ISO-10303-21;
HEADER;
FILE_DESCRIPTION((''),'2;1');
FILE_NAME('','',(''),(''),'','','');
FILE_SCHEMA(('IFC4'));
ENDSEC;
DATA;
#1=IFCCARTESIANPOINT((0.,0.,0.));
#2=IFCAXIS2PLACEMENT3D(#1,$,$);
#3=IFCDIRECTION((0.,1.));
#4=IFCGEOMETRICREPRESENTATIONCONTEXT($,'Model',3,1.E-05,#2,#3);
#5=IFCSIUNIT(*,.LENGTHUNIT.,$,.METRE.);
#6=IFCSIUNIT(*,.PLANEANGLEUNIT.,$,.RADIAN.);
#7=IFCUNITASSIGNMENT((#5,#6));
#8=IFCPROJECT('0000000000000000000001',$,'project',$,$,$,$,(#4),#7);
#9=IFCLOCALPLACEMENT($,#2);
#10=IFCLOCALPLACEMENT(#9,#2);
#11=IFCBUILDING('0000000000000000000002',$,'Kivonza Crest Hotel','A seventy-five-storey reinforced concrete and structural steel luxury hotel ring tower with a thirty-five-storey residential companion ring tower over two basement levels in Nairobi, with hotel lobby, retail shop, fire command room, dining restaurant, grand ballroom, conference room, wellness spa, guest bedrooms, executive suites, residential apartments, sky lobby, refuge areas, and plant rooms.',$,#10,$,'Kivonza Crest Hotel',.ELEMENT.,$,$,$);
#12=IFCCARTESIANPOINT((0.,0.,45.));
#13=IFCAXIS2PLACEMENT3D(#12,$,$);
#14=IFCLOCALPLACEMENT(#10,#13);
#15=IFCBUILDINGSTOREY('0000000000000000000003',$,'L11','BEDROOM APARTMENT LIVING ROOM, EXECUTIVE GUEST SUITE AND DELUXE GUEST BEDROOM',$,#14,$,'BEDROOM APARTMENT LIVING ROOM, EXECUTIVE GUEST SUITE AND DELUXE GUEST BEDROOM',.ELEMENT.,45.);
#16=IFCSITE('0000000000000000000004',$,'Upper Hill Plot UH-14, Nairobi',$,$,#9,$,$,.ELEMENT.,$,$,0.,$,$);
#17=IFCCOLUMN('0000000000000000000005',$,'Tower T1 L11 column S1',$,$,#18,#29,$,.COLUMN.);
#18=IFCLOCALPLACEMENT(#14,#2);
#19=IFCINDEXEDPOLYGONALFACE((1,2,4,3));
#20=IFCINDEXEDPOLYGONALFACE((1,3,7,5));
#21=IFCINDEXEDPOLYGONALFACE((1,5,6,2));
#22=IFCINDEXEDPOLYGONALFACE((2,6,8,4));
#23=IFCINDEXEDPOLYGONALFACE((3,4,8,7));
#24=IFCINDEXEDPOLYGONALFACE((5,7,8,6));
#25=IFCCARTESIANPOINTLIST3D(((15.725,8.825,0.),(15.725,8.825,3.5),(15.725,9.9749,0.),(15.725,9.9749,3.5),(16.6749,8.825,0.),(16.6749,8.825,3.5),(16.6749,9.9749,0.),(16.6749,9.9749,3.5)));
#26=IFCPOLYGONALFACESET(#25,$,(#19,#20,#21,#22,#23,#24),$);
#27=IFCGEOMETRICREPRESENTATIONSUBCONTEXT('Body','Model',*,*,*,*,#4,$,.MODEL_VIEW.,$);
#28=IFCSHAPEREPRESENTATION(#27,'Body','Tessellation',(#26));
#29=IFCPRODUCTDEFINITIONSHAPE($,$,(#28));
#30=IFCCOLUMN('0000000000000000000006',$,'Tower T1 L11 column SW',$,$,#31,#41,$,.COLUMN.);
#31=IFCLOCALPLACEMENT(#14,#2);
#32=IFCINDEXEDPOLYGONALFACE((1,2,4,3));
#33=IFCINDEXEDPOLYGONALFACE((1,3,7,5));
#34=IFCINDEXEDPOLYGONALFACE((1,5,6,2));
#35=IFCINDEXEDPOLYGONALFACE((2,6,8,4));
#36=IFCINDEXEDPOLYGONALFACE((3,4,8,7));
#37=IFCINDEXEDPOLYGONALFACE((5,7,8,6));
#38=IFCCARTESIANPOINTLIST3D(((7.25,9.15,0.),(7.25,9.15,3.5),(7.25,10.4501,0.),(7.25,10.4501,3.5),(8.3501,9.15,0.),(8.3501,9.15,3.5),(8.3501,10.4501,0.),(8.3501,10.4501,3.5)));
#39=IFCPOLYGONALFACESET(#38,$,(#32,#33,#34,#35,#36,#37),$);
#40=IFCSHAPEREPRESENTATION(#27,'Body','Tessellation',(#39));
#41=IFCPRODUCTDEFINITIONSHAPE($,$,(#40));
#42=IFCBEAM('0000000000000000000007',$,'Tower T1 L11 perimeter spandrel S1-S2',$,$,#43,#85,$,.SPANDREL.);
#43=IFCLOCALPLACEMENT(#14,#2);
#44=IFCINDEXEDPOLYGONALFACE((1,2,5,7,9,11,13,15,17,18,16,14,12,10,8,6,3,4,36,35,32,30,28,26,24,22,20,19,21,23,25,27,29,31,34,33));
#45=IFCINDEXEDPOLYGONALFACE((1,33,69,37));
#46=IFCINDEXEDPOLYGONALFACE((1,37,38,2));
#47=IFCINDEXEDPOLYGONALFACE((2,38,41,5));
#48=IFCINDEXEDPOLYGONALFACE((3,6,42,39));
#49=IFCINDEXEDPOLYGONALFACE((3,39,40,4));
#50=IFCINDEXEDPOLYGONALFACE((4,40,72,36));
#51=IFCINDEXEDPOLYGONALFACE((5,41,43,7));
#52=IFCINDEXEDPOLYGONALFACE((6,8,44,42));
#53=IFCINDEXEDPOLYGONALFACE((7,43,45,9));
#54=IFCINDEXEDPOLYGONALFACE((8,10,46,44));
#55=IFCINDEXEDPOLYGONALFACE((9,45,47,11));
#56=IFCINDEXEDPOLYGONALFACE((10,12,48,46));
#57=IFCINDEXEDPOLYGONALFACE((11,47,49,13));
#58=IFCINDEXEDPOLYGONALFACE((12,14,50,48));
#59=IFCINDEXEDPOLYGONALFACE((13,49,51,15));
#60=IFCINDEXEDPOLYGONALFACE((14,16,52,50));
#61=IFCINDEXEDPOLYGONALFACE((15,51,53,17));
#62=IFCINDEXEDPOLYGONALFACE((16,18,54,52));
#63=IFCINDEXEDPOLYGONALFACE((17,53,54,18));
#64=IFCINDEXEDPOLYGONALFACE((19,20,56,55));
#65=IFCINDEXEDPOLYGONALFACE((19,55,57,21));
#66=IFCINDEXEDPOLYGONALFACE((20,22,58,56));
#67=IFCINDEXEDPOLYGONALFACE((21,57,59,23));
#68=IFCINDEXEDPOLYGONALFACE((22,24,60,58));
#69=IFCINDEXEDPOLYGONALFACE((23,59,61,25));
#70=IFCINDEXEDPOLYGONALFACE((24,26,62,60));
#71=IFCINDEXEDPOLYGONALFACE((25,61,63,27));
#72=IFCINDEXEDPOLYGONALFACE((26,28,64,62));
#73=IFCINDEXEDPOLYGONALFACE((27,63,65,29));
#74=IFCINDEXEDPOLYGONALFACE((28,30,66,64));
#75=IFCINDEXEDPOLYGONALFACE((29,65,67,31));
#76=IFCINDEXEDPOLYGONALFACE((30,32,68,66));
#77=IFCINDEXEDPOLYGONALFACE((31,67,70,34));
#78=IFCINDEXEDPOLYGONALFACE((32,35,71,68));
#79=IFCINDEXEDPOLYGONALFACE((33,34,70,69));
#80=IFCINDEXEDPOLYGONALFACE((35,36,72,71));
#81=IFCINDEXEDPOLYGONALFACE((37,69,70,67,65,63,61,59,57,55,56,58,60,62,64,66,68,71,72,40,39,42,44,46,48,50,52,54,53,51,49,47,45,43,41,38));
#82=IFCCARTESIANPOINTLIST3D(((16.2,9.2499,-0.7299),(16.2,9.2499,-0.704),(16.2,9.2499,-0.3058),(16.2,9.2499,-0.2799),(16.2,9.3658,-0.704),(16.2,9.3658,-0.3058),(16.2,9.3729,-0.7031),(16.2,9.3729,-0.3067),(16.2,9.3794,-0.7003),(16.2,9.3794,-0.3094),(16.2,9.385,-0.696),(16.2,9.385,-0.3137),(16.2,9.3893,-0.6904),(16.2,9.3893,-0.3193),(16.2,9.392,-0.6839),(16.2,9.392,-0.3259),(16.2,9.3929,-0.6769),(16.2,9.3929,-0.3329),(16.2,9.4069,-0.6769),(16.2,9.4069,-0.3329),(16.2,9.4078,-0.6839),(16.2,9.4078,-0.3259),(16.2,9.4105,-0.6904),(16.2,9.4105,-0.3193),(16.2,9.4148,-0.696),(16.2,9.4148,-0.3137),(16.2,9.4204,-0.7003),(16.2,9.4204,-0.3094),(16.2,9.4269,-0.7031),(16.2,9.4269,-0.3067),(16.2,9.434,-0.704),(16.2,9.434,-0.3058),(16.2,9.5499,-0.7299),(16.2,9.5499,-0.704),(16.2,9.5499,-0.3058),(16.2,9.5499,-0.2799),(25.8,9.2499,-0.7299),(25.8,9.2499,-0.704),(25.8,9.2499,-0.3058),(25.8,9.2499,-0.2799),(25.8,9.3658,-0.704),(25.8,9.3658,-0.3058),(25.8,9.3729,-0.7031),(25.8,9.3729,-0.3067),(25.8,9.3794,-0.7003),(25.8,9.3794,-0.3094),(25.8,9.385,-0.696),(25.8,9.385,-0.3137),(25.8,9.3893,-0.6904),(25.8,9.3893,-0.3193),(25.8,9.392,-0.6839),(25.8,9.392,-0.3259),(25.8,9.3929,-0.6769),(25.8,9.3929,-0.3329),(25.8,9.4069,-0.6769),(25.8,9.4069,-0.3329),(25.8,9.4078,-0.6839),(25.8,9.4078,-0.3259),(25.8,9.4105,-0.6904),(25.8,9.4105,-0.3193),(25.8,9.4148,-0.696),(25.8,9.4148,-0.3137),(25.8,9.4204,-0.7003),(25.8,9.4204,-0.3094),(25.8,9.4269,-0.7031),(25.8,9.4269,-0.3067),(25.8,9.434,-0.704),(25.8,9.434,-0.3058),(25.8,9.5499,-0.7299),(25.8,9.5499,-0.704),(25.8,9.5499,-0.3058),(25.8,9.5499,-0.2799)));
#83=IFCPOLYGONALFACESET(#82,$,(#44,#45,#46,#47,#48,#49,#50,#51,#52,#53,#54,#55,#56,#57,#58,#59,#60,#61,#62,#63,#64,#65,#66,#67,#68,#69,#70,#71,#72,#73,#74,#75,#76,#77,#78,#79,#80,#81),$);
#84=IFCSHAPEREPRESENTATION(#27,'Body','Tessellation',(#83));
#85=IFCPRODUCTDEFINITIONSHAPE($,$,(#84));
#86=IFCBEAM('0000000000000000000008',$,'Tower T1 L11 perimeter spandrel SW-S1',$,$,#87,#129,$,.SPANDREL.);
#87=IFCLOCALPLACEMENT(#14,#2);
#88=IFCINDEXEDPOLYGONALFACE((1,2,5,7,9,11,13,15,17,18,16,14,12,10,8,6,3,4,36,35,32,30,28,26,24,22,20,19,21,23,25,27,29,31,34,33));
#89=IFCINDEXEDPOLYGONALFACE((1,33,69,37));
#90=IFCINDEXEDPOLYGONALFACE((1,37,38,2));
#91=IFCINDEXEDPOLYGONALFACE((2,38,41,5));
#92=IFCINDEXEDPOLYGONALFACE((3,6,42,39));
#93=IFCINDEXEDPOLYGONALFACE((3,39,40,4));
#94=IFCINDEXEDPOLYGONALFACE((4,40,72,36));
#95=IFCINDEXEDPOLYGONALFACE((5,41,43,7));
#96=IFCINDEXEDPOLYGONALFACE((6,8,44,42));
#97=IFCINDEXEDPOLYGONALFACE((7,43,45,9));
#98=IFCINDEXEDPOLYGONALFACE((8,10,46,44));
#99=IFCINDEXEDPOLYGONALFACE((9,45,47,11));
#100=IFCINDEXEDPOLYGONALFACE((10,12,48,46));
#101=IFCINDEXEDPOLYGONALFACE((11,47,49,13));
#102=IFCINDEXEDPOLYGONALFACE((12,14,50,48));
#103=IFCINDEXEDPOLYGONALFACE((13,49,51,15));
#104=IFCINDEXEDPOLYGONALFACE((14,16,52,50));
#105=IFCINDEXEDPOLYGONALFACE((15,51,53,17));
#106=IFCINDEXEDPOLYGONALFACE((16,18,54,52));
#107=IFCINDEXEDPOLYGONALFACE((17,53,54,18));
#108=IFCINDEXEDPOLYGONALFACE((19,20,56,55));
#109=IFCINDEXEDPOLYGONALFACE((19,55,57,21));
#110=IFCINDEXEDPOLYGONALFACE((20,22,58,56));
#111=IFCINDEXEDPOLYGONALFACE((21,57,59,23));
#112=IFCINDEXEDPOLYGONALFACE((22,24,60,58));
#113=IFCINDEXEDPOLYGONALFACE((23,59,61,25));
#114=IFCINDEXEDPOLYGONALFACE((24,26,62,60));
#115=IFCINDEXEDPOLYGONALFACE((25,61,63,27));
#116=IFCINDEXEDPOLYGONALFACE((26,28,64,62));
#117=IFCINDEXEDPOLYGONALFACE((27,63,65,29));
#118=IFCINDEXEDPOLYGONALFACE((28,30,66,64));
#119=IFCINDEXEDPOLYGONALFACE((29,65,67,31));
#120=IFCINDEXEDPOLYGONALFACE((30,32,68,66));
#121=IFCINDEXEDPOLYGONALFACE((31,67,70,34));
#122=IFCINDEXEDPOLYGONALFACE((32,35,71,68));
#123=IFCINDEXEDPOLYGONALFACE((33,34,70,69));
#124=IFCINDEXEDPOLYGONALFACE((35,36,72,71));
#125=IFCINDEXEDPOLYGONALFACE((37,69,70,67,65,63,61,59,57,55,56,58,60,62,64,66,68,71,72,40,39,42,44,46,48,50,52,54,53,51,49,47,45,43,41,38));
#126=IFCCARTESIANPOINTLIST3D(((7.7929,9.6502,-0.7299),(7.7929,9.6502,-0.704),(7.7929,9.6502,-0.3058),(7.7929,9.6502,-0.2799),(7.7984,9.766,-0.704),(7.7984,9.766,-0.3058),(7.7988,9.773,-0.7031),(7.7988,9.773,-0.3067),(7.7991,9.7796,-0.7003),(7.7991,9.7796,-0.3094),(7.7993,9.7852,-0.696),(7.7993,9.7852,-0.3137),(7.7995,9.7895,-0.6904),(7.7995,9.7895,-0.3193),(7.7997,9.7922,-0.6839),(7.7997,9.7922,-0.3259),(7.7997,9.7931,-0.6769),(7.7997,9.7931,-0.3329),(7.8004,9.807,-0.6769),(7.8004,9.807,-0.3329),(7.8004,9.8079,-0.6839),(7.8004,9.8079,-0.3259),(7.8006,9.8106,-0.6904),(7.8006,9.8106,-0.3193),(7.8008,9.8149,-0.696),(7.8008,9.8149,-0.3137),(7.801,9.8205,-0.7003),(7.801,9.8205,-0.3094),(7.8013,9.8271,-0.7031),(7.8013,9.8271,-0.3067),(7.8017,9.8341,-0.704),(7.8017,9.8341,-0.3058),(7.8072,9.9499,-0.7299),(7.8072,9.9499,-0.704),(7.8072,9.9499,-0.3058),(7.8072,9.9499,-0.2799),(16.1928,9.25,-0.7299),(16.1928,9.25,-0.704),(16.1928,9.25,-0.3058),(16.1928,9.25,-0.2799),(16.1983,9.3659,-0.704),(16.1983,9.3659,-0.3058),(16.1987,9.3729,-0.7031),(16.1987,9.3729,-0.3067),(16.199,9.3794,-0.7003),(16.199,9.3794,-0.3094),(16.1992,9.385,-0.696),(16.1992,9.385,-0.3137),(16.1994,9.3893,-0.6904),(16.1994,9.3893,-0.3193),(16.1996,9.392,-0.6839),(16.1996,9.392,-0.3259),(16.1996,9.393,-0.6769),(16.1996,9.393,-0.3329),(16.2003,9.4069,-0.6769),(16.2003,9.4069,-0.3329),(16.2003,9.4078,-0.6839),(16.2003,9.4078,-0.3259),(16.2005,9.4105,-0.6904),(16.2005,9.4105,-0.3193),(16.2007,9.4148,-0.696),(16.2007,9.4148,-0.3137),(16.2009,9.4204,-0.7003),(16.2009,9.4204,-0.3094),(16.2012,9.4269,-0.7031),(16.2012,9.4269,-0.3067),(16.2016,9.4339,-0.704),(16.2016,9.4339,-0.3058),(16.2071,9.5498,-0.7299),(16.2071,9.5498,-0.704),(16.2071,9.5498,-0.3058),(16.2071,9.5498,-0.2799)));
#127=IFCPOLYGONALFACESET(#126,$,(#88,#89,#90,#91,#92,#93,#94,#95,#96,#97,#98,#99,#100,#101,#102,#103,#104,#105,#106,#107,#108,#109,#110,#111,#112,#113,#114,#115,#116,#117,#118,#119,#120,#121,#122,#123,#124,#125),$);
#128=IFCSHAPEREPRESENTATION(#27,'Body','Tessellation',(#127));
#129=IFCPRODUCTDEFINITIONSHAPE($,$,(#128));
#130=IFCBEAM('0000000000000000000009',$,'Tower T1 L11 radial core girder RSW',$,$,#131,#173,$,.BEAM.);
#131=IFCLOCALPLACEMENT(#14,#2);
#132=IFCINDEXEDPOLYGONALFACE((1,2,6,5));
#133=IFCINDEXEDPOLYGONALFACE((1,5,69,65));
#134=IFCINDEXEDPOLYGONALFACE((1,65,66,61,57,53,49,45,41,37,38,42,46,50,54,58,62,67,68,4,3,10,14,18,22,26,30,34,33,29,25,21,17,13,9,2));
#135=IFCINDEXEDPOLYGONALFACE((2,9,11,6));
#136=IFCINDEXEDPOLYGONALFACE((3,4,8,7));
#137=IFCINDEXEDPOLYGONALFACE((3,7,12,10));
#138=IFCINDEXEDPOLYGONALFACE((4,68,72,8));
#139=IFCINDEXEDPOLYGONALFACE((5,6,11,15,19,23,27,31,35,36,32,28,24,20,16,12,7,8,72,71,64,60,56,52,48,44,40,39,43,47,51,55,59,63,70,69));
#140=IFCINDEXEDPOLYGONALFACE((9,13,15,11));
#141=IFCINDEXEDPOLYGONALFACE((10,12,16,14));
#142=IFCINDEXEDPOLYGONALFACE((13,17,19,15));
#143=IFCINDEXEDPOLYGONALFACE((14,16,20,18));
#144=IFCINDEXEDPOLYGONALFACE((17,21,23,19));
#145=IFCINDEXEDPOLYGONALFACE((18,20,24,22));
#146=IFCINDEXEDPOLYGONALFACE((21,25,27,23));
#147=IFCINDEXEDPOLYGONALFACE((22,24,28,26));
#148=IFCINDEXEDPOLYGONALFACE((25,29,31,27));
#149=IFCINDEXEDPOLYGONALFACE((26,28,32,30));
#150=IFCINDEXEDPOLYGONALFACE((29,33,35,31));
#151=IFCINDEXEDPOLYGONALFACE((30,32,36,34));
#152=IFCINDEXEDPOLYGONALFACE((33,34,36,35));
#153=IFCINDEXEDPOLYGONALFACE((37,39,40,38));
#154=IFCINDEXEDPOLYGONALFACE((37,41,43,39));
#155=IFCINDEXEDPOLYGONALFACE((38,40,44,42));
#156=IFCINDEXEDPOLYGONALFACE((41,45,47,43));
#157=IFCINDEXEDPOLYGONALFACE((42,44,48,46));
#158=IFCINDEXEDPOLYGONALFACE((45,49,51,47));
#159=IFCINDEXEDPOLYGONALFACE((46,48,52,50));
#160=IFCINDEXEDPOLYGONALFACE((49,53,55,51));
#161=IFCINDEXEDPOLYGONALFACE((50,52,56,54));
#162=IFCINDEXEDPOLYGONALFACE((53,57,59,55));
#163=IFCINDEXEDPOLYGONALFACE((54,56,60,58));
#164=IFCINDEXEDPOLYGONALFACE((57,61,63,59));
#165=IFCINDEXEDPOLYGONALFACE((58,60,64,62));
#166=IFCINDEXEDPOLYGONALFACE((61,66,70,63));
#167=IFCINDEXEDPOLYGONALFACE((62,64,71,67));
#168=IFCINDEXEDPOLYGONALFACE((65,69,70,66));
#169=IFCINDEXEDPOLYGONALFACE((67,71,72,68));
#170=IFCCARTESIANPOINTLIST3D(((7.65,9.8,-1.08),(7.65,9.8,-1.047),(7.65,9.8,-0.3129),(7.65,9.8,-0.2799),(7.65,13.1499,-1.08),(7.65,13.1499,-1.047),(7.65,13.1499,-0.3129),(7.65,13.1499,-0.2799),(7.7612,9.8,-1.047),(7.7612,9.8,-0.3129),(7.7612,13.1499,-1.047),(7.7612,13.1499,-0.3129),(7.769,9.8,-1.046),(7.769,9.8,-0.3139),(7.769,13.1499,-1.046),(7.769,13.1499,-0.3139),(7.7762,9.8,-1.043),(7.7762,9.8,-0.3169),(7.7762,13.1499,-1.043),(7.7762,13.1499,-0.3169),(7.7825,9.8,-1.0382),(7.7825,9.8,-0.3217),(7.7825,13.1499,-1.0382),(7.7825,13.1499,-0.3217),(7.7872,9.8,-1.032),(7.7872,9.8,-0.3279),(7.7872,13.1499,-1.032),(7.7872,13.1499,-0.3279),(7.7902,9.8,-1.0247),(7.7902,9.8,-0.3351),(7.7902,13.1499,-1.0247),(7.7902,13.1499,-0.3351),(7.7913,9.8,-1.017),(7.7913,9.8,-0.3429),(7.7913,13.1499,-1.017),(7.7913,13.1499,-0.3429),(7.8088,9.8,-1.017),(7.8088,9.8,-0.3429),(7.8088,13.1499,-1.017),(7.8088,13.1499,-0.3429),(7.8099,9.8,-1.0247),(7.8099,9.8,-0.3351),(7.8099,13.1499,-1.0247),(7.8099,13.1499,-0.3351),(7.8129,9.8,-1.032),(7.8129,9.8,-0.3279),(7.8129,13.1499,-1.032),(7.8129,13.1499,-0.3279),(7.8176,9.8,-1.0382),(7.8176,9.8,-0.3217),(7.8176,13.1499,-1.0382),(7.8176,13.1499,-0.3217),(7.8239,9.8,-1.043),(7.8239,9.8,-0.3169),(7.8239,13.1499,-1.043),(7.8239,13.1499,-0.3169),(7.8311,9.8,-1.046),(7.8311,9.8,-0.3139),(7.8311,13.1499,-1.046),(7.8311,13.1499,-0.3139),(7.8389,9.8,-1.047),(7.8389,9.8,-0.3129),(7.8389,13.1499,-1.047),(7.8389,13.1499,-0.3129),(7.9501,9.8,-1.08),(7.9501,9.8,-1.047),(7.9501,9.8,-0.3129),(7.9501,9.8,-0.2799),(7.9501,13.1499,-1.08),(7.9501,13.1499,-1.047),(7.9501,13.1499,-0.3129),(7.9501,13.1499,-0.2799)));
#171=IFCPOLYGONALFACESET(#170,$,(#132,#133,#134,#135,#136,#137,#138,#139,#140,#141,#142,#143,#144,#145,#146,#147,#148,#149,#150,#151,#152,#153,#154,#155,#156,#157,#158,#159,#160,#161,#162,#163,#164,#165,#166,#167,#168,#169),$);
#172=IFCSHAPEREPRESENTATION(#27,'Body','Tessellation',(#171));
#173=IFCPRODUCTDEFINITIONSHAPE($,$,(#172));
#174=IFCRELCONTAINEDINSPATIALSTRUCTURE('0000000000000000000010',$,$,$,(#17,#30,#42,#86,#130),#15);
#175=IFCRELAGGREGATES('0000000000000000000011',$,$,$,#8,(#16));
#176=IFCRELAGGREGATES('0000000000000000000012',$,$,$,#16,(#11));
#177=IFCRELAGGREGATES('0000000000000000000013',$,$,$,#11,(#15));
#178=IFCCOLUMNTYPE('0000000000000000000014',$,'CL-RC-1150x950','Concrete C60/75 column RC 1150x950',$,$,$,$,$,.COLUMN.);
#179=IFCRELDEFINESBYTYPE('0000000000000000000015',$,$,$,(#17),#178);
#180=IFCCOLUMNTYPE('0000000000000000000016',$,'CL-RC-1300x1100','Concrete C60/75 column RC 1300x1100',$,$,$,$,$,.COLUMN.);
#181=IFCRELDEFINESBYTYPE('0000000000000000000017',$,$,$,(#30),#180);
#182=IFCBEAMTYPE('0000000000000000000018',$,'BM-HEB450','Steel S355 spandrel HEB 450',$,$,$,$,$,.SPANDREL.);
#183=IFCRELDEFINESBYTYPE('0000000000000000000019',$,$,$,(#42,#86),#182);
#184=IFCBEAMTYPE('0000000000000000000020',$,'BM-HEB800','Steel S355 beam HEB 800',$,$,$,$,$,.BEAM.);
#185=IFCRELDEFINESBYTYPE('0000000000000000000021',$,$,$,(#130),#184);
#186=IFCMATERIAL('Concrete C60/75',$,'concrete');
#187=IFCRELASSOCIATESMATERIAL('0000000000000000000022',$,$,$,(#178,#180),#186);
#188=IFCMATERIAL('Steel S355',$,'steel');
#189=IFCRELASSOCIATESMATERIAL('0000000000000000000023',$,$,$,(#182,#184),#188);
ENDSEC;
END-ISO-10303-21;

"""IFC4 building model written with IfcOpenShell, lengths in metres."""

from ifc_helpers import new_model, si_unit, direction, frame, origin, origin_2d, place, context, subcontext, project, spatial, rectangle, i_section, extrude, material, material_profile, profile_set, type_object, element, save


model = new_model("IFC4")

# Units and contexts
model_context = context("Model", 3, precision=1e-05, world=origin(), true_north=direction((0.0, 1.0)))
body_context = subcontext(model_context, "Body", "Model", "MODEL_VIEW")
ifc_project = project(units=[si_unit("LENGTHUNIT", "METRE"), si_unit("PLANEANGLEUNIT", "RADIAN")], contexts=[model_context])

# Site, building, storey
site_placement = place(None, origin())
site = spatial("IfcSite", under=ifc_project, at=site_placement, Name="Upper Hill Plot UH-14, Nairobi", CompositionType="ELEMENT", RefElevation=0.0)
building_placement = place(site_placement, origin())
building = spatial("IfcBuilding", under=site, at=building_placement, Name="Kivonza Crest Hotel", Description="A seventy-five-storey reinforced concrete and structural steel luxury hotel ring tower with a thirty-five-storey residential companion ring tower over two basement levels in Nairobi, with hotel lobby, retail shop, fire command room, dining restaurant, grand ballroom, conference room, wellness spa, guest bedrooms, executive suites, residential apartments, sky lobby, refuge areas, and plant rooms.", LongName="Kivonza Crest Hotel", CompositionType="ELEMENT")
storey_placement = place(building_placement, frame((0.0, 0.0, 45.0)))
storey = spatial("IfcBuildingStorey", under=building, at=storey_placement, Name="L11", Description="BEDROOM APARTMENT LIVING ROOM, EXECUTIVE GUEST SUITE AND DELUXE GUEST BEDROOM", LongName="BEDROOM APARTMENT LIVING ROOM, EXECUTIVE GUEST SUITE AND DELUXE GUEST BEDROOM", CompositionType="ELEMENT", Elevation=45.0)

# Columns
ifc_material_1 = material(Name="Concrete C60/75", Category="concrete")
ifc_material_profile_1 = material_profile(ifc_material_1, rectangle(XDim=0.95, YDim=1.1499, at=origin_2d()), Name="RC 1150x950")
ifc_profile_set_1 = profile_set([ifc_material_profile_1], Name="Concrete C60/75")
column_type_1 = type_object("IfcColumnType", Name="CL-RC-1150x950", Description="Concrete C60/75 column RC 1150x950", PredefinedType="COLUMN", material=ifc_profile_set_1)
column_1_placement = place(storey_placement, frame((16.2, 9.3999, 0.0), z_axis=(0.0, 0.0, 1.0), x_axis=(1.0, 0.0, 0.0)))
element("IfcColumn", 1, at=column_1_placement, inside=storey, type_object=column_type_1, Name="Tower T1 L11 column S1", PredefinedType="COLUMN", context=body_context, shape_type="SweptSolid", body=[
    extrude(rectangle(XDim=0.95, YDim=1.1499, at=origin_2d()), origin(), (0.0, 0.0, 1.0), 3.5),
])
ifc_material_profile_2 = material_profile(ifc_material_1, rectangle(XDim=1.1001, YDim=1.3, at=origin_2d()), Name="RC 1300x1100")
ifc_profile_set_2 = profile_set([ifc_material_profile_2], Name="Concrete C60/75")
column_type_2 = type_object("IfcColumnType", Name="CL-RC-1300x1100", Description="Concrete C60/75 column RC 1300x1100", PredefinedType="COLUMN", material=ifc_profile_set_2)
column_2_placement = place(storey_placement, frame((7.8, 9.8, 0.0), z_axis=(0.0, 0.0, 1.0), x_axis=(1.0, 0.0, 0.0)))
element("IfcColumn", 2, at=column_2_placement, inside=storey, type_object=column_type_2, Name="Tower T1 L11 column SW", PredefinedType="COLUMN", context=body_context, shape_type="SweptSolid", body=[
    extrude(rectangle(XDim=1.1001, YDim=1.3, at=origin_2d()), origin(), (0.0, 0.0, 1.0), 3.5),
])

# Beams
ifc_material_2 = material(Name="Steel S355", Category="steel")
ifc_material_profile_3 = material_profile(ifc_material_2, i_section(OverallWidth=0.3, OverallDepth=0.45, WebThickness=0.0139, FlangeThickness=0.0259, FilletRadius=0.0271, at=origin_2d()), Name="HEB 450")
ifc_profile_set_3 = profile_set([ifc_material_profile_3], Name="Steel S355")
beam_type_1 = type_object("IfcBeamType", Name="BM-HEB450", Description="Steel S355 spandrel HEB 450", PredefinedType="SPANDREL", material=ifc_profile_set_3)
beam_1_placement = place(storey_placement, frame((16.2, 9.3999, -0.5049), z_axis=(1.0, 0.0, 0.0), x_axis=(0.0, 1.0, 0.0)))
element("IfcBeam", 3, at=beam_1_placement, inside=storey, type_object=beam_type_1, Name="Tower T1 L11 perimeter spandrel S1-S2", PredefinedType="SPANDREL", context=body_context, shape_type="SweptSolid", body=[
    extrude(i_section(OverallWidth=0.3, OverallDepth=0.45, WebThickness=0.0139, FlangeThickness=0.0259, FilletRadius=0.0271, at=origin_2d()), origin(), (0.0, 0.0, 1.0), 9.6001),
])
beam_2_placement = place(storey_placement, frame((7.8, 9.8, -0.5049), z_axis=(0.998867, -0.047583, 0.0), x_axis=(0.047583, 0.998867, 0.0)))
element("IfcBeam", 4, at=beam_2_placement, inside=storey, type_object=beam_type_1, Name="Tower T1 L11 perimeter spandrel SW-S1", PredefinedType="SPANDREL", context=body_context, shape_type="SweptSolid", body=[
    extrude(i_section(OverallWidth=0.3, OverallDepth=0.45, WebThickness=0.0139, FlangeThickness=0.0259, FilletRadius=0.0271, at=origin_2d()), origin(), (0.0, 0.0, 1.0), 8.4094),
])
ifc_material_profile_4 = material_profile(ifc_material_2, i_section(OverallWidth=0.3, OverallDepth=0.8, WebThickness=0.0176, FlangeThickness=0.033, FilletRadius=0.03, at=origin_2d()), Name="HEB 800")
ifc_profile_set_4 = profile_set([ifc_material_profile_4], Name="Steel S355")
beam_type_2 = type_object("IfcBeamType", Name="BM-HEB800", Description="Steel S355 beam HEB 800", PredefinedType="BEAM", material=ifc_profile_set_4)
beam_3_placement = place(storey_placement, frame((7.8, 9.8, -0.6799), z_axis=(0.0, 1.0, 0.0), x_axis=(-1.0, 0.0, 0.0)))
element("IfcBeam", 5, at=beam_3_placement, inside=storey, type_object=beam_type_2, Name="Tower T1 L11 radial core girder RSW", PredefinedType="BEAM", context=body_context, shape_type="SweptSolid", body=[
    extrude(i_section(OverallWidth=0.3, OverallDepth=0.8, WebThickness=0.0176, FlangeThickness=0.033, FilletRadius=0.03, at=origin_2d()), origin(), (0.0, 0.0, 1.0), 3.3499),
])

save(model, "model.ifc")
